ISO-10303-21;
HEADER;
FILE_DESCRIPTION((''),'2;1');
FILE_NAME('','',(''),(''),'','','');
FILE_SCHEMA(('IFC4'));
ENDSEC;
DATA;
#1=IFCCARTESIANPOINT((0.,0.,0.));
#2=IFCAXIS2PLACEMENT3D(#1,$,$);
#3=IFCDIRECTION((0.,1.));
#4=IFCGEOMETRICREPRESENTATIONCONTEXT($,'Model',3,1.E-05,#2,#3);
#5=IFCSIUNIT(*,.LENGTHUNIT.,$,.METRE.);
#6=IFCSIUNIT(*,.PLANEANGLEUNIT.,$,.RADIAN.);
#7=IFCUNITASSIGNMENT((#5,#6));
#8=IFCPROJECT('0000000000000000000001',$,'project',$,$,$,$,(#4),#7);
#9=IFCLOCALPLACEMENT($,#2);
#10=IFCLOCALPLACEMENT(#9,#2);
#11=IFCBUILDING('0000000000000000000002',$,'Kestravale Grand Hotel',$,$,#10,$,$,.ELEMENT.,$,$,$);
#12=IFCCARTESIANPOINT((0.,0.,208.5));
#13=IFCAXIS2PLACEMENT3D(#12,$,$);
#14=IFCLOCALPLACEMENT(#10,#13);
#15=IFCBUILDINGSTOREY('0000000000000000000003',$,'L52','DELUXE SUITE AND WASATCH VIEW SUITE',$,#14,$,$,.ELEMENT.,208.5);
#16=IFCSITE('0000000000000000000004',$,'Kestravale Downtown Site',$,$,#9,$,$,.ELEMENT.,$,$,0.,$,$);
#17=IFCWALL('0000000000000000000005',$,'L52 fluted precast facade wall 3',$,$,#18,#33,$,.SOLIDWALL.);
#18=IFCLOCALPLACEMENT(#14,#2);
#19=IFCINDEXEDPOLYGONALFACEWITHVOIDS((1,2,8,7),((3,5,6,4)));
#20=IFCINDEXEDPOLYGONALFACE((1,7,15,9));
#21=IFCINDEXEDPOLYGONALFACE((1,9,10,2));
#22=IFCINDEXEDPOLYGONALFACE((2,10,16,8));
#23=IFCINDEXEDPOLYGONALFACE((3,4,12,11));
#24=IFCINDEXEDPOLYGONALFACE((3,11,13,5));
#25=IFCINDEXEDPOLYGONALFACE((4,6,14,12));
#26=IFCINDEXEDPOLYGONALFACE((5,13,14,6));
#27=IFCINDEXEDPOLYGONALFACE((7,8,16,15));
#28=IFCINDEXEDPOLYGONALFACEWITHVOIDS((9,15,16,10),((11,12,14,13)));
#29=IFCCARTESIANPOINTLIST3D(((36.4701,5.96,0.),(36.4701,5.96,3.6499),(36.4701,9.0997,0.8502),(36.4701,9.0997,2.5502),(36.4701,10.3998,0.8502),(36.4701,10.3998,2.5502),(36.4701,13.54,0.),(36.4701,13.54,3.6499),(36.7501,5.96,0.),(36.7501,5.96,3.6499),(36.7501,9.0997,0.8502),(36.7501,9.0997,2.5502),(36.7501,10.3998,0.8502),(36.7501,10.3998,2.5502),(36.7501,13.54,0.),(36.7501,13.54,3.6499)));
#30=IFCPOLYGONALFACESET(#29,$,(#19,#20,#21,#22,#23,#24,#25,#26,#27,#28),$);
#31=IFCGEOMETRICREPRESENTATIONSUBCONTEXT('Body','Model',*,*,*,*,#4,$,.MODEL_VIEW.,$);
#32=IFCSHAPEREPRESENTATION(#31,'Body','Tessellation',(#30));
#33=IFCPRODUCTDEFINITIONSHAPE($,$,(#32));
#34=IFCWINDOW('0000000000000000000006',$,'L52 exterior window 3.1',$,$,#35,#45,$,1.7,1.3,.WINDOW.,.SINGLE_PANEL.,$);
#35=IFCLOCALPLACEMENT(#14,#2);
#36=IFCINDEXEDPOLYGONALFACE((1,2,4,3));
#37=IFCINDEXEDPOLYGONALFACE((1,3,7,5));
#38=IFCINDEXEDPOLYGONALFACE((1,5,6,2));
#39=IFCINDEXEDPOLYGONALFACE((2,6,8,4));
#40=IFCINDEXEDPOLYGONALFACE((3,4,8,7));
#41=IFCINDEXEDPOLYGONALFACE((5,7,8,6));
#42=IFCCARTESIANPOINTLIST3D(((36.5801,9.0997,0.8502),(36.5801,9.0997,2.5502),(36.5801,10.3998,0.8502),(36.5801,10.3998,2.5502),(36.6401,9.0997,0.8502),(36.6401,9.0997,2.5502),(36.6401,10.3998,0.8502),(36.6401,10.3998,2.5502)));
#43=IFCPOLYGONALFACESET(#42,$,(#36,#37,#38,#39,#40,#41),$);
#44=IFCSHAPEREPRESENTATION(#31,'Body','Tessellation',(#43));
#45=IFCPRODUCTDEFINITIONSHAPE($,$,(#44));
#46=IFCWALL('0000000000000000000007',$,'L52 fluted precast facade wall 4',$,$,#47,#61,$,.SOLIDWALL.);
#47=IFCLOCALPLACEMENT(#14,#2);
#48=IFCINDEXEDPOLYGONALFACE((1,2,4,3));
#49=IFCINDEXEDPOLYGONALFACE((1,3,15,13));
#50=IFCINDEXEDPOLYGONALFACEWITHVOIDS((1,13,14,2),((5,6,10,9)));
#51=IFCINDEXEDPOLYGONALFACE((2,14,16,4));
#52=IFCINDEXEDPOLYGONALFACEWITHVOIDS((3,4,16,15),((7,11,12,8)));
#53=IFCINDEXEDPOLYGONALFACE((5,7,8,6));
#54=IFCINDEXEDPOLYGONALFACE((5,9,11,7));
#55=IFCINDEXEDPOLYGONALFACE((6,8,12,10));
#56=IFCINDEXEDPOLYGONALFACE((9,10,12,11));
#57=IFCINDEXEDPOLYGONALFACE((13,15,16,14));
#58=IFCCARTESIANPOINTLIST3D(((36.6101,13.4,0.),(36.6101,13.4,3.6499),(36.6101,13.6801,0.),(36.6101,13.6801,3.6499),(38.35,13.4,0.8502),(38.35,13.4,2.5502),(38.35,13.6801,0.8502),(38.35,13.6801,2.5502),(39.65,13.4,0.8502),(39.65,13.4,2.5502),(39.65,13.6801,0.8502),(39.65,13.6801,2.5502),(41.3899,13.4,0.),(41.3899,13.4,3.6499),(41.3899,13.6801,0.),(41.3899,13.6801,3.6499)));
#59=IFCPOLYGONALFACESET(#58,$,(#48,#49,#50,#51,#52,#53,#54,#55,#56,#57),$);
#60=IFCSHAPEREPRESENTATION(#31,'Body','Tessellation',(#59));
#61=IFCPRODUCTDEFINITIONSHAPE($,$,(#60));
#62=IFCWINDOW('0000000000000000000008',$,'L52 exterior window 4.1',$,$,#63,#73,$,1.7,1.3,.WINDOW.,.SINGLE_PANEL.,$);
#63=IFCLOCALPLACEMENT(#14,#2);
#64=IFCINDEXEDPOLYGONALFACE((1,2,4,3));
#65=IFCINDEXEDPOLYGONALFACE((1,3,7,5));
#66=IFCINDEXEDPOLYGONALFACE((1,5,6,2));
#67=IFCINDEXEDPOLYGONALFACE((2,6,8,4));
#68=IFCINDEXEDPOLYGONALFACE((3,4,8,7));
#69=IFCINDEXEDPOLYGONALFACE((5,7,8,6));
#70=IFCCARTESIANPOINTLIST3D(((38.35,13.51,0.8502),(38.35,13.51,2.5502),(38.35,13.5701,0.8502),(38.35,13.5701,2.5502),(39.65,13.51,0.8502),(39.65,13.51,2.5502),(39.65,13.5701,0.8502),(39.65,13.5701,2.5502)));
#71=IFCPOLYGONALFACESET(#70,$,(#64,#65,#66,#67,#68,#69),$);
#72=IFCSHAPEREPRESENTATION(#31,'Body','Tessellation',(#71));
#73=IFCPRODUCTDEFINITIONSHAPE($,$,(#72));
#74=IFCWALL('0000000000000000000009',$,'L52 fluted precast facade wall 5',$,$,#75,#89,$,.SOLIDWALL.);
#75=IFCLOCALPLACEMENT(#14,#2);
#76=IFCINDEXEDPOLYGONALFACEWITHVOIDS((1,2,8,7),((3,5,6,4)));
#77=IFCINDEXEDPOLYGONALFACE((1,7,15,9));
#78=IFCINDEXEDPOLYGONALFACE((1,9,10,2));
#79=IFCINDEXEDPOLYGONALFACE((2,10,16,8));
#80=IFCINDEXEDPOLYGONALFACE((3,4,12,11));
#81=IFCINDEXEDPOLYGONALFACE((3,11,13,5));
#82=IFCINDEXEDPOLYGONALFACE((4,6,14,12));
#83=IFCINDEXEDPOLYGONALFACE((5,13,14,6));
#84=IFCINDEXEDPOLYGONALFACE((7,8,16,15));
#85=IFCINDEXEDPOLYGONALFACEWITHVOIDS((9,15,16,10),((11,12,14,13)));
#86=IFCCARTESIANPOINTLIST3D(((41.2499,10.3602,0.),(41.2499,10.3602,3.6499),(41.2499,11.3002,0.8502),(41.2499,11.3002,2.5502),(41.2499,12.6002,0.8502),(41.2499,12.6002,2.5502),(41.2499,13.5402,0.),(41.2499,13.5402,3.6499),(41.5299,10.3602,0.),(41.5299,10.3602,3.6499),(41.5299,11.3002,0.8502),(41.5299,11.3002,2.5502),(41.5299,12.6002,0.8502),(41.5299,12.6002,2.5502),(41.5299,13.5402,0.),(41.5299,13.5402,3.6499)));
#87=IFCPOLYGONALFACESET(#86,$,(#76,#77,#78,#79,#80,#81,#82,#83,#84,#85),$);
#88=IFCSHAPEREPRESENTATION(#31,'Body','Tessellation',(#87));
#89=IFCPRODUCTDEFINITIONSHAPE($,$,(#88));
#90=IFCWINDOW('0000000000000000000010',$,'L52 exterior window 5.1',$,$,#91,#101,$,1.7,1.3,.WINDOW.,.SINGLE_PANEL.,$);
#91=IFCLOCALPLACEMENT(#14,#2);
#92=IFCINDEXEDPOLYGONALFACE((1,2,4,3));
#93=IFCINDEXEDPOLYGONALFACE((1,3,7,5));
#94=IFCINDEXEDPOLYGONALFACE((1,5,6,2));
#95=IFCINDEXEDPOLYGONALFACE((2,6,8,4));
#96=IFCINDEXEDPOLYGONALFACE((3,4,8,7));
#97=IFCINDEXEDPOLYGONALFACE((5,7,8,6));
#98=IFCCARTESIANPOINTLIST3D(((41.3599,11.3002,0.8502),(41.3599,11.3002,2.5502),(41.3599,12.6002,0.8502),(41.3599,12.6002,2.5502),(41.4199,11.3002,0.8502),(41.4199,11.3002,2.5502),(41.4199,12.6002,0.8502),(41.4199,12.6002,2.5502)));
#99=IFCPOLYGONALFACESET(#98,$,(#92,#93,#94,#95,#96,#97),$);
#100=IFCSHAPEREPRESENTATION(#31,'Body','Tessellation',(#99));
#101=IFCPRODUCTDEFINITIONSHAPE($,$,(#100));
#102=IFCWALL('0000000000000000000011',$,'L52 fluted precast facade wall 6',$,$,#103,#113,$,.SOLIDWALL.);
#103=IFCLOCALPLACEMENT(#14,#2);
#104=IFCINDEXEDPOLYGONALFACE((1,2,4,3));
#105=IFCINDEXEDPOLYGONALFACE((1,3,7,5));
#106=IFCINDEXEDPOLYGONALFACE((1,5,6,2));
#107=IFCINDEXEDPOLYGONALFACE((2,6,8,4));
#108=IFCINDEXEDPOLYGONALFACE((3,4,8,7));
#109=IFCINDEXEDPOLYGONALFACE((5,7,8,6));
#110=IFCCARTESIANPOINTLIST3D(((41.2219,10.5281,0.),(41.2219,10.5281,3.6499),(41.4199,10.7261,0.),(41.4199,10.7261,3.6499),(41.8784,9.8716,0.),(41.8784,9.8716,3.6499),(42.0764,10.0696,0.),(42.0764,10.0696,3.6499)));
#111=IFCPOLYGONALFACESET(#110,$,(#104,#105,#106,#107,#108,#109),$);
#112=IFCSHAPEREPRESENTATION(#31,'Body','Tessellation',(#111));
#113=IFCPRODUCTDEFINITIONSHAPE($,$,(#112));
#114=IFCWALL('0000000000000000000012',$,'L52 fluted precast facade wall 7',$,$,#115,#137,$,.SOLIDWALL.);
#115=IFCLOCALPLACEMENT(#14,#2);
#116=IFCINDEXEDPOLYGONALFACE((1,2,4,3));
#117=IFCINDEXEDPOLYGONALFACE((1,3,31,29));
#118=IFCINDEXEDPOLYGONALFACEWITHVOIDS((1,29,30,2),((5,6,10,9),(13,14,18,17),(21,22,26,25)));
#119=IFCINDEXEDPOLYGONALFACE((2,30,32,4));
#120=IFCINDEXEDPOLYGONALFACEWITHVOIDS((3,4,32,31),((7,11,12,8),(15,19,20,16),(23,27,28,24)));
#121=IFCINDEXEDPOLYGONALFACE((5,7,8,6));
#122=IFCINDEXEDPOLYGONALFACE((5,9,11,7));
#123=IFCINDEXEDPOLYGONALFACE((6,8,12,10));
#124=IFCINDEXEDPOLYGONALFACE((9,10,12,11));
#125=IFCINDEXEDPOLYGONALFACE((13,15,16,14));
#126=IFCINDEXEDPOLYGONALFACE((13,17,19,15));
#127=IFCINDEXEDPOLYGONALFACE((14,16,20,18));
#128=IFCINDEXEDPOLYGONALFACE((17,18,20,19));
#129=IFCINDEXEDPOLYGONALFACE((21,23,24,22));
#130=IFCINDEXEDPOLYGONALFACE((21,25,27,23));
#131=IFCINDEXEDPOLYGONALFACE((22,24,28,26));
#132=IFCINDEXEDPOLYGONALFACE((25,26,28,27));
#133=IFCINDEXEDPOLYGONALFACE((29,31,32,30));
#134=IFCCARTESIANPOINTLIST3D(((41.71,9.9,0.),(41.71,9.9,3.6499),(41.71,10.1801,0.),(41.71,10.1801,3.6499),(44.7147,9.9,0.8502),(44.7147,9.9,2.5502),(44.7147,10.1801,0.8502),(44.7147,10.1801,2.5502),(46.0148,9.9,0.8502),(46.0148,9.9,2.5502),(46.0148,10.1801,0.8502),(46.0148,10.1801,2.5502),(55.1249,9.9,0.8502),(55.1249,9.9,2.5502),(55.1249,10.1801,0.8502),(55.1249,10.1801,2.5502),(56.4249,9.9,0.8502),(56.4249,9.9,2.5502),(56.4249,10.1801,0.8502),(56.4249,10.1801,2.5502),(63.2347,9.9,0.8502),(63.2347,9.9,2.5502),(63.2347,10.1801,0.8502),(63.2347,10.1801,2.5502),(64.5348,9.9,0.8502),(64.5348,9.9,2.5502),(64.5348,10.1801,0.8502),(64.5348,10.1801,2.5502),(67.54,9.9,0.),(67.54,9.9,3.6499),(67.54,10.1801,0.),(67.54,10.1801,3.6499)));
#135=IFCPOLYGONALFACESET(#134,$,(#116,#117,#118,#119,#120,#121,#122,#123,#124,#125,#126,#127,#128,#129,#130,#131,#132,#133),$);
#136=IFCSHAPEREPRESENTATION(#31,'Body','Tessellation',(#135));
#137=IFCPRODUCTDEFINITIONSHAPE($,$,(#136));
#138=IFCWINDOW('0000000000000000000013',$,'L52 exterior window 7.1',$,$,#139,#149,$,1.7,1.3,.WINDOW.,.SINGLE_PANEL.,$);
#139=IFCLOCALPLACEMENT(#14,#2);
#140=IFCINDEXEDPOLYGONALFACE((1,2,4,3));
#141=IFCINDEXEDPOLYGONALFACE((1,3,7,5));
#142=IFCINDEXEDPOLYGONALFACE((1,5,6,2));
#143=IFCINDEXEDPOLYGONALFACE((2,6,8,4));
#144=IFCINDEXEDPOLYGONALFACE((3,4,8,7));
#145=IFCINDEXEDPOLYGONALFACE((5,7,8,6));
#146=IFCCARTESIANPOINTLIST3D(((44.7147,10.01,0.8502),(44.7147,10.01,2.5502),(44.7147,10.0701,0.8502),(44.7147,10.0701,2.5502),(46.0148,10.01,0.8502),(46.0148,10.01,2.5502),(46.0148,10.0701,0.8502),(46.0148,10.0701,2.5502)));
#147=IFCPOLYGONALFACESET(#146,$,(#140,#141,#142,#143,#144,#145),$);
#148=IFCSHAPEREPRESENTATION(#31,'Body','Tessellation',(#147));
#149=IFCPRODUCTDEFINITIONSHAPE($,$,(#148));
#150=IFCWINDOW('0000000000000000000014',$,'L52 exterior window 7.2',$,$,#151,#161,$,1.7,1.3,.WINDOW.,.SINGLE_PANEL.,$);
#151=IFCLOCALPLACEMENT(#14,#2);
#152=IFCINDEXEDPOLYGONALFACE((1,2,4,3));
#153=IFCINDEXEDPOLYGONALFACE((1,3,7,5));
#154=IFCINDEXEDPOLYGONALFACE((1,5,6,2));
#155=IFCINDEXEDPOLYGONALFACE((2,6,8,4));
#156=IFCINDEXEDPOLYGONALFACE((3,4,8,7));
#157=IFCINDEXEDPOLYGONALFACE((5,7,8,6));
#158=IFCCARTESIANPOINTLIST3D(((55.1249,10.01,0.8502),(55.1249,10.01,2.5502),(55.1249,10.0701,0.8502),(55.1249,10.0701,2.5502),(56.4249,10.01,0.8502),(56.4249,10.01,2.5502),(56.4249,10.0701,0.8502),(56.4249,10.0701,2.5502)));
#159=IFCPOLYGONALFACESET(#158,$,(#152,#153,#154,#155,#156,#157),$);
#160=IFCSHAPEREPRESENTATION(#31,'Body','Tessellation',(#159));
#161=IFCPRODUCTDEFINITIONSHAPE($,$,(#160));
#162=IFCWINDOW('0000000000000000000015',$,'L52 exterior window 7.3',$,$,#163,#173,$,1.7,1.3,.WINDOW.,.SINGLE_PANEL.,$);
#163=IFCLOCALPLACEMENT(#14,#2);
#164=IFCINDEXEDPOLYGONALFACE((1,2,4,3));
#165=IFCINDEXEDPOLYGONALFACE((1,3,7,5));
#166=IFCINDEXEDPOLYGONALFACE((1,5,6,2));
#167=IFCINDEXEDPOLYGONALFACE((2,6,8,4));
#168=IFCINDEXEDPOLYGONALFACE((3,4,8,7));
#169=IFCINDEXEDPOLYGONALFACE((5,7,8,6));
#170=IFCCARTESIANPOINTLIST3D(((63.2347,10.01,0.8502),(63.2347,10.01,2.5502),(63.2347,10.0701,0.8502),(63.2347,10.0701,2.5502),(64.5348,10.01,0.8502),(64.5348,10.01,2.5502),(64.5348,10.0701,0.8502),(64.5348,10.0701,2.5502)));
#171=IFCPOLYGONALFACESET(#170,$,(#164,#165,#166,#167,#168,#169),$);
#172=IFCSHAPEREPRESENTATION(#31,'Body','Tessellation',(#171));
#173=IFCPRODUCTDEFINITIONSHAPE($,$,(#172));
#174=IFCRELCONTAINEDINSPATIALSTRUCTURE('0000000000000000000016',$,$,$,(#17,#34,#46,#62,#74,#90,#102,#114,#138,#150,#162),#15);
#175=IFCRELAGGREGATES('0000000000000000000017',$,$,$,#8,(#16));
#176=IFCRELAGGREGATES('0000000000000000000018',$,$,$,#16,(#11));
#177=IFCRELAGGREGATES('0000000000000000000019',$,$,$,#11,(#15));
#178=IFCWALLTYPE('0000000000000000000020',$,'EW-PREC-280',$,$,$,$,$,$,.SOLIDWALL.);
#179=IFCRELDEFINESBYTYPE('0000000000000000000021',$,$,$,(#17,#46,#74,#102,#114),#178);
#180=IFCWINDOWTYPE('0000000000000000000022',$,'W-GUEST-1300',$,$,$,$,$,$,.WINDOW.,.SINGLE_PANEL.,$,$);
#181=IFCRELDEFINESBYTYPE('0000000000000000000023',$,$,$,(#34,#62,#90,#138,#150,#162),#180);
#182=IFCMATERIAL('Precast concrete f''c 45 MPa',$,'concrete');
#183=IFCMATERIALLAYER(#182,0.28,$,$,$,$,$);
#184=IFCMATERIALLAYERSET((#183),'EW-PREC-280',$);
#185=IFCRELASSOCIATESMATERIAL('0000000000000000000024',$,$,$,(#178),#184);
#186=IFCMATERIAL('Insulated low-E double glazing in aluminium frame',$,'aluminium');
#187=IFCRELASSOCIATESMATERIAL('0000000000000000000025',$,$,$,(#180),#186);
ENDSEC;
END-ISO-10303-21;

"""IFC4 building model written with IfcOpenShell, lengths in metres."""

from ifc_helpers import new_model, si_unit, direction, frame, frame_2d, origin, place, context, subcontext, project, spatial, rectangle, extrude, material, layer, layer_set, type_object, element, fill, save


model = new_model("IFC4")

# Units and contexts
model_context = context("Model", 3, precision=1e-05, world=origin(), true_north=direction((0.0, 1.0)))
body_context = subcontext(model_context, "Body", "Model", "MODEL_VIEW")
ifc_project = project(units=[si_unit("LENGTHUNIT", "METRE"), si_unit("PLANEANGLEUNIT", "RADIAN")], contexts=[model_context])

# Site, building, storey
site_placement = place(None, origin())
site = spatial("IfcSite", under=ifc_project, at=site_placement, Name="Kestravale Downtown Site", CompositionType="ELEMENT", RefElevation=0.0)
building_placement = place(site_placement, origin())
building = spatial("IfcBuilding", under=site, at=building_placement, Name="Kestravale Grand Hotel", CompositionType="ELEMENT")
storey_placement = place(building_placement, frame((0.0, 0.0, 208.5)))
storey = spatial("IfcBuildingStorey", under=building, at=storey_placement, Name="L52", Description="DELUXE SUITE AND WASATCH VIEW SUITE", CompositionType="ELEMENT", Elevation=208.5)

# Shared definitions
ifc_material_1 = material(Name="Precast concrete f'c 45 MPa", Category="concrete")
ifc_layer_1 = layer(ifc_material_1, 0.28)
ifc_layer_set_1 = layer_set([ifc_layer_1], Name="EW-PREC-280")
wall_type_1 = type_object("IfcWallType", Name="EW-PREC-280", PredefinedType="SOLIDWALL", material=ifc_layer_set_1)

# Walls, openings, windows
wall_1_placement = place(storey_placement, frame((36.6101, 5.96, 0.0), z_axis=(0.0, 0.0, 1.0), x_axis=(0.0, 1.0, 0.0)))
wall_1 = element("IfcWall", 1, at=wall_1_placement, inside=storey, type_object=wall_type_1, Name="L52 fluted precast facade wall 3", PredefinedType="SOLIDWALL", context=body_context, shape_type="SweptSolid", body=[
    extrude(rectangle(XDim=7.5801, YDim=0.28, at=frame_2d((3.79, 0.0))), origin(), (0.0, 0.0, 1.0), 3.6499),
])
opening_1_placement = place(wall_1_placement, frame((3.1399, 0.0, 0.8501)))
opening_1 = element("IfcOpeningElement", 2, at=opening_1_placement, cuts=wall_1, PredefinedType="OPENING", context=body_context, shape_type="SweptSolid", body=[
    extrude(rectangle(XDim=1.3, YDim=1.7, at=frame_2d((0.6499, 0.8501))), frame((0.0, 0.1499, 0.0), z_axis=(0.0, -1.0, 0.0), x_axis=(1.0, 0.0, 0.0)), (0.0, 0.0, 1.0), 0.3),
])
ifc_material_2 = material(Name="Insulated low-E double glazing in aluminium frame", Category="aluminium")
window_type = type_object("IfcWindowType", Name="W-GUEST-1300", PartitioningType="SINGLE_PANEL", PredefinedType="WINDOW", material=ifc_material_2)
window_1_placement = place(opening_1_placement, origin())
window_1 = element("IfcWindow", 3, at=window_1_placement, inside=storey, type_object=window_type, Name="L52 exterior window 3.1", OverallHeight=1.7, OverallWidth=1.3, PartitioningType="SINGLE_PANEL", PredefinedType="WINDOW", context=body_context, shape_type="SweptSolid", body=[
    extrude(rectangle(XDim=1.3, YDim=1.7, at=frame_2d((0.6499, 0.8501))), frame((0.0, 0.03, 0.0), z_axis=(0.0, -1.0, 0.0), x_axis=(1.0, 0.0, 0.0)), (0.0, 0.0, 1.0), 0.0601),
])
fill(opening_1, window_1)
wall_2_placement = place(storey_placement, frame((36.6101, 13.54, 0.0), z_axis=(0.0, 0.0, 1.0), x_axis=(1.0, 0.0, 0.0)))
wall_2 = element("IfcWall", 4, at=wall_2_placement, inside=storey, type_object=wall_type_1, Name="L52 fluted precast facade wall 4", PredefinedType="SOLIDWALL", context=body_context, shape_type="SweptSolid", body=[
    extrude(rectangle(XDim=4.7798, YDim=0.28, at=frame_2d((2.3899, 0.0))), origin(), (0.0, 0.0, 1.0), 3.6499),
])
opening_2_placement = place(wall_2_placement, frame((1.74, 0.0, 0.8501)))
opening_2 = element("IfcOpeningElement", 5, at=opening_2_placement, cuts=wall_2, PredefinedType="OPENING", context=body_context, shape_type="SweptSolid", body=[
    extrude(rectangle(XDim=1.3, YDim=1.7, at=frame_2d((0.6499, 0.8501))), frame((0.0, 0.1499, 0.0), z_axis=(0.0, -1.0, 0.0), x_axis=(1.0, 0.0, 0.0)), (0.0, 0.0, 1.0), 0.3),
])
window_2_placement = place(opening_2_placement, origin())
window_2 = element("IfcWindow", 6, at=window_2_placement, inside=storey, type_object=window_type, Name="L52 exterior window 4.1", OverallHeight=1.7, OverallWidth=1.3, PartitioningType="SINGLE_PANEL", PredefinedType="WINDOW", context=body_context, shape_type="SweptSolid", body=[
    extrude(rectangle(XDim=1.3, YDim=1.7, at=frame_2d((0.6499, 0.8501))), frame((0.0, 0.03, 0.0), z_axis=(0.0, -1.0, 0.0), x_axis=(1.0, 0.0, 0.0)), (0.0, 0.0, 1.0), 0.0601),
])
fill(opening_2, window_2)
wall_3_placement = place(storey_placement, frame((41.3899, 13.54, 0.0), z_axis=(0.0, 0.0, 1.0), x_axis=(0.0, -1.0, 0.0)))
wall_3 = element("IfcWall", 7, at=wall_3_placement, inside=storey, type_object=wall_type_1, Name="L52 fluted precast facade wall 5", PredefinedType="SOLIDWALL", context=body_context, shape_type="SweptSolid", body=[
    extrude(rectangle(XDim=3.1799, YDim=0.28, at=frame_2d((1.5898, 0.0))), origin(), (0.0, 0.0, 1.0), 3.6499),
])
opening_3_placement = place(wall_3_placement, frame((0.9399, 0.0, 0.8501)))
opening_3 = element("IfcOpeningElement", 8, at=opening_3_placement, cuts=wall_3, PredefinedType="OPENING", context=body_context, shape_type="SweptSolid", body=[
    extrude(rectangle(XDim=1.3, YDim=1.7, at=frame_2d((0.6499, 0.8501))), frame((0.0, 0.1499, 0.0), z_axis=(0.0, -1.0, 0.0), x_axis=(1.0, 0.0, 0.0)), (0.0, 0.0, 1.0), 0.3),
])
window_3_placement = place(opening_3_placement, origin())
window_3 = element("IfcWindow", 9, at=window_3_placement, inside=storey, type_object=window_type, Name="L52 exterior window 5.1", OverallHeight=1.7, OverallWidth=1.3, PartitioningType="SINGLE_PANEL", PredefinedType="WINDOW", context=body_context, shape_type="SweptSolid", body=[
    extrude(rectangle(XDim=1.3, YDim=1.7, at=frame_2d((0.6499, 0.8501))), frame((0.0, 0.03, 0.0), z_axis=(0.0, -1.0, 0.0), x_axis=(1.0, 0.0, 0.0)), (0.0, 0.0, 1.0), 0.0601),
])
fill(opening_3, window_3)

# Wall
wall_4_placement = place(storey_placement, frame((41.3208, 10.6272, 0.0), z_axis=(0.0, 0.0, 1.0), x_axis=(0.707107, -0.707107, 0.0)))
element("IfcWall", 10, at=wall_4_placement, inside=storey, type_object=wall_type_1, Name="L52 fluted precast facade wall 6", PredefinedType="SOLIDWALL", context=body_context, shape_type="SweptSolid", body=[
    extrude(rectangle(XDim=0.9285, YDim=0.28, at=frame_2d((0.4644, 0.0))), origin(), (0.0, 0.0, 1.0), 3.6499),
])

# Wall, openings, windows
wall_5_placement = place(storey_placement, frame((41.71, 10.04, 0.0), z_axis=(0.0, 0.0, 1.0), x_axis=(1.0, 0.0, 0.0)))
wall_5 = element("IfcWall", 11, at=wall_5_placement, inside=storey, type_object=wall_type_1, Name="L52 fluted precast facade wall 7", PredefinedType="SOLIDWALL", context=body_context, shape_type="SweptSolid", body=[
    extrude(rectangle(XDim=25.8301, YDim=0.28, at=frame_2d((12.915, 0.0))), origin(), (0.0, 0.0, 1.0), 3.6499),
])
opening_4_placement = place(wall_5_placement, frame((3.0049, 0.0, 0.8501)))
opening_4 = element("IfcOpeningElement", 12, at=opening_4_placement, cuts=wall_5, PredefinedType="OPENING", context=body_context, shape_type="SweptSolid", body=[
    extrude(rectangle(XDim=1.3, YDim=1.7, at=frame_2d((0.6499, 0.8501))), frame((0.0, 0.1499, 0.0), z_axis=(0.0, -1.0, 0.0), x_axis=(1.0, 0.0, 0.0)), (0.0, 0.0, 1.0), 0.3),
])
opening_5_placement = place(wall_5_placement, frame((13.415, 0.0, 0.8501)))
opening_5 = element("IfcOpeningElement", 13, at=opening_5_placement, cuts=wall_5, PredefinedType="OPENING", context=body_context, shape_type="SweptSolid", body=[
    extrude(rectangle(XDim=1.3, YDim=1.7, at=frame_2d((0.6499, 0.8501))), frame((0.0, 0.1499, 0.0), z_axis=(0.0, -1.0, 0.0), x_axis=(1.0, 0.0, 0.0)), (0.0, 0.0, 1.0), 0.3),
])
opening_6_placement = place(wall_5_placement, frame((21.5249, 0.0, 0.8501)))
opening_6 = element("IfcOpeningElement", 14, at=opening_6_placement, cuts=wall_5, PredefinedType="OPENING", context=body_context, shape_type="SweptSolid", body=[
    extrude(rectangle(XDim=1.3, YDim=1.7, at=frame_2d((0.6499, 0.8501))), frame((0.0, 0.1499, 0.0), z_axis=(0.0, -1.0, 0.0), x_axis=(1.0, 0.0, 0.0)), (0.0, 0.0, 1.0), 0.3),
])
window_4_placement = place(opening_4_placement, origin())
window_4 = element("IfcWindow", 15, at=window_4_placement, inside=storey, type_object=window_type, Name="L52 exterior window 7.1", OverallHeight=1.7, OverallWidth=1.3, PartitioningType="SINGLE_PANEL", PredefinedType="WINDOW", context=body_context, shape_type="SweptSolid", body=[
    extrude(rectangle(XDim=1.3, YDim=1.7, at=frame_2d((0.6499, 0.8501))), frame((0.0, 0.03, 0.0), z_axis=(0.0, -1.0, 0.0), x_axis=(1.0, 0.0, 0.0)), (0.0, 0.0, 1.0), 0.0601),
])
fill(opening_4, window_4)
window_5_placement = place(opening_5_placement, origin())
window_5 = element("IfcWindow", 16, at=window_5_placement, inside=storey, type_object=window_type, Name="L52 exterior window 7.2", OverallHeight=1.7, OverallWidth=1.3, PartitioningType="SINGLE_PANEL", PredefinedType="WINDOW", context=body_context, shape_type="SweptSolid", body=[
    extrude(rectangle(XDim=1.3, YDim=1.7, at=frame_2d((0.6499, 0.8501))), frame((0.0, 0.03, 0.0), z_axis=(0.0, -1.0, 0.0), x_axis=(1.0, 0.0, 0.0)), (0.0, 0.0, 1.0), 0.0601),
])
fill(opening_5, window_5)
window_6_placement = place(opening_6_placement, origin())
window_6 = element("IfcWindow", 17, at=window_6_placement, inside=storey, type_object=window_type, Name="L52 exterior window 7.3", OverallHeight=1.7, OverallWidth=1.3, PartitioningType="SINGLE_PANEL", PredefinedType="WINDOW", context=body_context, shape_type="SweptSolid", body=[
    extrude(rectangle(XDim=1.3, YDim=1.7, at=frame_2d((0.6499, 0.8501))), frame((0.0, 0.03, 0.0), z_axis=(0.0, -1.0, 0.0), x_axis=(1.0, 0.0, 0.0)), (0.0, 0.0, 1.0), 0.0601),
])
fill(opening_6, window_6)

save(model, "model.ifc")
